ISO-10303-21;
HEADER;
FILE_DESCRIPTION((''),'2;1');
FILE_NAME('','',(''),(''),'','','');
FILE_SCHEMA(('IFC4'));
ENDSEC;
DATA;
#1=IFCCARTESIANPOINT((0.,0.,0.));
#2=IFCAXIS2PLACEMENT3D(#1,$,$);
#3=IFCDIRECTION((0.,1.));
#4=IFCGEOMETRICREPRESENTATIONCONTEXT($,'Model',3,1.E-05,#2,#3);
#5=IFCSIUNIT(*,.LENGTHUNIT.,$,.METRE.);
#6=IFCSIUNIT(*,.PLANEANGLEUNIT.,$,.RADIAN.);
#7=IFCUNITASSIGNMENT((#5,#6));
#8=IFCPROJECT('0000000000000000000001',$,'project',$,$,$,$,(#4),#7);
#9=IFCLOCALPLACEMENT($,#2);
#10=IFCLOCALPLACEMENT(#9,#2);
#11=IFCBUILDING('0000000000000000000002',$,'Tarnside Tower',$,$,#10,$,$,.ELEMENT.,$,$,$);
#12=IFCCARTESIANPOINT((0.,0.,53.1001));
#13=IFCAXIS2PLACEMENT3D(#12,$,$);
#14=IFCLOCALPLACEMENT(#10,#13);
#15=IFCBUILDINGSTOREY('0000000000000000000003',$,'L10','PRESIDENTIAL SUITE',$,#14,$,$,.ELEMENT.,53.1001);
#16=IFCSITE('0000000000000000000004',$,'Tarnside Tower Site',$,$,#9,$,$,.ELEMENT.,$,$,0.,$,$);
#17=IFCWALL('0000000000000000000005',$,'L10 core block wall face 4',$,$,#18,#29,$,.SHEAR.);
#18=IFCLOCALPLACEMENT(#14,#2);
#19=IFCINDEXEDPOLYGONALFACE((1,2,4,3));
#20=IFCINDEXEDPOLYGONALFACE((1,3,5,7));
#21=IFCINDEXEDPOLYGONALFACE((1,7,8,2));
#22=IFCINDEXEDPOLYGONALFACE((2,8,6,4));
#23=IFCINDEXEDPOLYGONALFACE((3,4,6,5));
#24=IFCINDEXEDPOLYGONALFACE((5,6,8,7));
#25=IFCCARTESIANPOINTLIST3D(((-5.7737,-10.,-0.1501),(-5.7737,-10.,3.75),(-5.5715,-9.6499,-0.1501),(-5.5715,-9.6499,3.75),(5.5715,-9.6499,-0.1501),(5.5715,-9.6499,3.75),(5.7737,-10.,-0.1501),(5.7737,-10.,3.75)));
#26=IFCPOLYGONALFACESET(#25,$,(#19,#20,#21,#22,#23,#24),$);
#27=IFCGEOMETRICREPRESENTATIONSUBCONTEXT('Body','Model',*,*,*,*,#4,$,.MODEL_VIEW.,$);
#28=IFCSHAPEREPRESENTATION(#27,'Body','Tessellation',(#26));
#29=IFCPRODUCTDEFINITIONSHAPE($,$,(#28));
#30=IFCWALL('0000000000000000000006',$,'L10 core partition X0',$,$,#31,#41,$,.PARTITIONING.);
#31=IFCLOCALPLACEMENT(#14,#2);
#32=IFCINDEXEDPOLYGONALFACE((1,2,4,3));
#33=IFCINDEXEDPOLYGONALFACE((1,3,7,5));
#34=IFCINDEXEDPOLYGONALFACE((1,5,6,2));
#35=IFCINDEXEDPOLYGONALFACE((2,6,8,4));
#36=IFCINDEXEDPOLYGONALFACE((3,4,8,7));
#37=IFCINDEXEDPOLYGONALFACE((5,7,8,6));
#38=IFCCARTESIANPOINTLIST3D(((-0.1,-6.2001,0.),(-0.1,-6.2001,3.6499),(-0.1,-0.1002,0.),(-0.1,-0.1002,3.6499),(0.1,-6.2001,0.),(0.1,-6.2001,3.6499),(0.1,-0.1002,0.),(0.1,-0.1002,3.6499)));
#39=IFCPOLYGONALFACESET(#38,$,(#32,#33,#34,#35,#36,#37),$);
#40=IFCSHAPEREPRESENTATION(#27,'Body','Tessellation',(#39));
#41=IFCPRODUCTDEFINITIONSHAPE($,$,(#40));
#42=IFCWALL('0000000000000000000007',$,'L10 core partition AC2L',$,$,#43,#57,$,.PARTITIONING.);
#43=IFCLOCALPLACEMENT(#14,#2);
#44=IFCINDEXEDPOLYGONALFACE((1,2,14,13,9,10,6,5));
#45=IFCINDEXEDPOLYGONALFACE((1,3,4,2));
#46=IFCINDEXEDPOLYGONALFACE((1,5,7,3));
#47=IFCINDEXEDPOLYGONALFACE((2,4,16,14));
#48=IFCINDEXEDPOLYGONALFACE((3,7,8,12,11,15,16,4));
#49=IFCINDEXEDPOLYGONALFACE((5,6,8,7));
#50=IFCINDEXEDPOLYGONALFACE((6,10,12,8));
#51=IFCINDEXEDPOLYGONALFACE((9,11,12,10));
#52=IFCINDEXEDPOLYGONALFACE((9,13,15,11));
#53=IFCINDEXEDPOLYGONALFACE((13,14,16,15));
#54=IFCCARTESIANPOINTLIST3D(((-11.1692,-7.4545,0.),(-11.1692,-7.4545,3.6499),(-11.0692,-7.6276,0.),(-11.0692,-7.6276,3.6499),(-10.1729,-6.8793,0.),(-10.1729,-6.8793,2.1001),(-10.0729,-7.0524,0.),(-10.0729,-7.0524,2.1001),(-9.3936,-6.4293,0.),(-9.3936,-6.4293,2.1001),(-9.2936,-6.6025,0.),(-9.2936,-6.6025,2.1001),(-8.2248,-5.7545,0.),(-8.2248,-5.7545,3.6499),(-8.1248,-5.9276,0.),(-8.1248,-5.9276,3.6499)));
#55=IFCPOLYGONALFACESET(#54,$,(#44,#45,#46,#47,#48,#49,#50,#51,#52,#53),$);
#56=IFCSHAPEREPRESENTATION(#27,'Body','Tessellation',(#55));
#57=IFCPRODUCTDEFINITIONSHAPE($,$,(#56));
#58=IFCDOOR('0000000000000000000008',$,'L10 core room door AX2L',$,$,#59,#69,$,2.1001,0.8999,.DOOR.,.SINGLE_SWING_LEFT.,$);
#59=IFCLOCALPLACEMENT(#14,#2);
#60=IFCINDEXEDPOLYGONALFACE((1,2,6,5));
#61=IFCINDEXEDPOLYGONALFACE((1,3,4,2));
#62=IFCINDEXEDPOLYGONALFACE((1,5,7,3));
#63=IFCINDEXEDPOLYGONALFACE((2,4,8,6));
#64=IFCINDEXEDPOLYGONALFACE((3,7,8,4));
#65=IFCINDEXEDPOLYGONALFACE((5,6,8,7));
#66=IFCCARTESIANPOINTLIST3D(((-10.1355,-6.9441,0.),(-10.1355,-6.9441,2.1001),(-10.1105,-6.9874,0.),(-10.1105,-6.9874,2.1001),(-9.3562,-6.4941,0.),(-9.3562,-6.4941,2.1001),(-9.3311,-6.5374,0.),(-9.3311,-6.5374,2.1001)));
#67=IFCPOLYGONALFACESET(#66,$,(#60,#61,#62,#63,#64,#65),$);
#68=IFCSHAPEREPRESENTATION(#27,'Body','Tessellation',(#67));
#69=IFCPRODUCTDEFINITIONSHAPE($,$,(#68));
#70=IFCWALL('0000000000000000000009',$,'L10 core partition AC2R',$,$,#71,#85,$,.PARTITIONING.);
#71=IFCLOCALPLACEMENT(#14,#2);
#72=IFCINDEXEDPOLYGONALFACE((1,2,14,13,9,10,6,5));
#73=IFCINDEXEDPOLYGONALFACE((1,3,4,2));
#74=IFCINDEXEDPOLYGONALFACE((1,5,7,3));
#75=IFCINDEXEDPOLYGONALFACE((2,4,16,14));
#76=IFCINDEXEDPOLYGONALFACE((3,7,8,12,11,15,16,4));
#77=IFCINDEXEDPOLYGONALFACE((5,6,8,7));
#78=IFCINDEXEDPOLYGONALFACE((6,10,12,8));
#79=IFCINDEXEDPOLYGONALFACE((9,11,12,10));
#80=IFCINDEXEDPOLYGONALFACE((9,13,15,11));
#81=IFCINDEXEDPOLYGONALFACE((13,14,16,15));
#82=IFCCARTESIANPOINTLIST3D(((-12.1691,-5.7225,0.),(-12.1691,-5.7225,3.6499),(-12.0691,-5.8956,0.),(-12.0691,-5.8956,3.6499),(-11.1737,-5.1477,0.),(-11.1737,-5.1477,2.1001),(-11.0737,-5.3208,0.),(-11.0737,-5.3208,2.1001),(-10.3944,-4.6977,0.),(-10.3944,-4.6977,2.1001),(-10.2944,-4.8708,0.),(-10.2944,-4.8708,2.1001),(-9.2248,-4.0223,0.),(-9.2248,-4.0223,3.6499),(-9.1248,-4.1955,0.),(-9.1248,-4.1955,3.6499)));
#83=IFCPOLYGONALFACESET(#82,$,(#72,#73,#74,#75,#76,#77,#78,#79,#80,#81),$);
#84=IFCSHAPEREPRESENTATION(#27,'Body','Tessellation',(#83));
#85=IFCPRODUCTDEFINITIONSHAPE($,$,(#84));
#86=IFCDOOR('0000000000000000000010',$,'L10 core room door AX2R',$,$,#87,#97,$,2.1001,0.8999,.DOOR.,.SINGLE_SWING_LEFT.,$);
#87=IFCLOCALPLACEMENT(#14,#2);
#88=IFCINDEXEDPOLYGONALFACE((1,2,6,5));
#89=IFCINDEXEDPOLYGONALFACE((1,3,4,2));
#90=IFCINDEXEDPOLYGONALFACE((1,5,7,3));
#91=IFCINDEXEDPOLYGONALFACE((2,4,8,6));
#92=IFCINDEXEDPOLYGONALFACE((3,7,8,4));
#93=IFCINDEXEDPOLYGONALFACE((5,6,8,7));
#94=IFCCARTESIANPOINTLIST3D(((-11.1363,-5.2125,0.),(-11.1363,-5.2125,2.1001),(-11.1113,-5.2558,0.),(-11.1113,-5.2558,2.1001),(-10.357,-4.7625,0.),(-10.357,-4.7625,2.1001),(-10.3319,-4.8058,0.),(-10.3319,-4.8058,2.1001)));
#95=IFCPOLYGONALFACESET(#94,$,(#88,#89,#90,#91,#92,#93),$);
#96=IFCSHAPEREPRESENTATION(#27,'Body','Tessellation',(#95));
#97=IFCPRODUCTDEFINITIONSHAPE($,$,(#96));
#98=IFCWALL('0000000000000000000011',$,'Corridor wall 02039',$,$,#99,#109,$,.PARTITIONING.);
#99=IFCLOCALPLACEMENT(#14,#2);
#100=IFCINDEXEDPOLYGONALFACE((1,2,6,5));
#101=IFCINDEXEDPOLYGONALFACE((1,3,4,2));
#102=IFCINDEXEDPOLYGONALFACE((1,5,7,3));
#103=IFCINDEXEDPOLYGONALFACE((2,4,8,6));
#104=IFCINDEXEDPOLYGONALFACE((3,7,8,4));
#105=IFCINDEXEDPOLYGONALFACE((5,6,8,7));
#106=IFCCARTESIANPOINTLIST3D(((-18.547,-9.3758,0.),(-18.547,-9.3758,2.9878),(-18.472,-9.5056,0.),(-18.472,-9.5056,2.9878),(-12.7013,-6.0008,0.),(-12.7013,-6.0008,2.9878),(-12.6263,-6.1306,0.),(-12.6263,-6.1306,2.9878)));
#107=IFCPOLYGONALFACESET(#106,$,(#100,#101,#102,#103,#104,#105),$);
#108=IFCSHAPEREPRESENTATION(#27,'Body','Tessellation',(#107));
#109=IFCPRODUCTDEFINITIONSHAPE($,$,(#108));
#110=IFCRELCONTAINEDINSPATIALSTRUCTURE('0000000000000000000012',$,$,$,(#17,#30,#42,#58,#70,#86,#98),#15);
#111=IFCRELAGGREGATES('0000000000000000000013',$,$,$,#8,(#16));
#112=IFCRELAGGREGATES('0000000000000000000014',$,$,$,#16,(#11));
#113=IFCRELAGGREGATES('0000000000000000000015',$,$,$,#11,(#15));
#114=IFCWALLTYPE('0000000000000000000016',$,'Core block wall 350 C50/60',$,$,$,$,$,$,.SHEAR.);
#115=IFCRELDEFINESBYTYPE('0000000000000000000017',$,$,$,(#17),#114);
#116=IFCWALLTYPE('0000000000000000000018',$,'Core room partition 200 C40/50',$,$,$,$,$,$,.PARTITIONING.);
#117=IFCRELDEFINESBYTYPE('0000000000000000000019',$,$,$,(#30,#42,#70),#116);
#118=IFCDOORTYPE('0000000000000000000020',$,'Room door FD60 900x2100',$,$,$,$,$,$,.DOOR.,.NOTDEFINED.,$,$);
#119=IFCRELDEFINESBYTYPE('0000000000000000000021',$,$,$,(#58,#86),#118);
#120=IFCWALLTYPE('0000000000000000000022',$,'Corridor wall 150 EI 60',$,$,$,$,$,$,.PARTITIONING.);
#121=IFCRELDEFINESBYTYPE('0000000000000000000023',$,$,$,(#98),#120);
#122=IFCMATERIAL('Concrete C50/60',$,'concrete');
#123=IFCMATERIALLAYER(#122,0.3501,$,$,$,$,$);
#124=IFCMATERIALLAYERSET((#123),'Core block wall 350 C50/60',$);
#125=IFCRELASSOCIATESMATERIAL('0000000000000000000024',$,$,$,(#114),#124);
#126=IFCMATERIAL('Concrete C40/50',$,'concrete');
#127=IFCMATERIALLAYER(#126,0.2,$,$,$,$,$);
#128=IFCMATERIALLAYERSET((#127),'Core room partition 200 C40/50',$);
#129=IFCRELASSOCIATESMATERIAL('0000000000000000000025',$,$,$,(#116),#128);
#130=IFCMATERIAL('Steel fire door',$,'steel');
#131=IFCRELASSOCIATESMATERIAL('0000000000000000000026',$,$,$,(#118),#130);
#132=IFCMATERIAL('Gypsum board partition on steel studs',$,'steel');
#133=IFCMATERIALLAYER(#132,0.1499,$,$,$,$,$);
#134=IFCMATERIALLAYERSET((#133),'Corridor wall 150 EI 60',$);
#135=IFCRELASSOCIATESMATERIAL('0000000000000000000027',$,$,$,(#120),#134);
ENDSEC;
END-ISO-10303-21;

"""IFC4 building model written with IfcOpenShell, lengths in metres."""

from ifc_helpers import new_model, si_unit, direction, frame, frame_2d, origin, place, context, subcontext, project, spatial, polyline, rectangle, outline, extrude, material, layer, layer_set, type_object, element, fill, save


model = new_model("IFC4")

# Units and contexts
model_context = context("Model", 3, precision=1e-05, world=origin(), true_north=direction((0.0, 1.0)))
body_context = subcontext(model_context, "Body", "Model", "MODEL_VIEW")
ifc_project = project(units=[si_unit("LENGTHUNIT", "METRE"), si_unit("PLANEANGLEUNIT", "RADIAN")], contexts=[model_context])

# Site, building, storey
site_placement = place(None, origin())
site = spatial("IfcSite", under=ifc_project, at=site_placement, Name="Tarnside Tower Site", CompositionType="ELEMENT", RefElevation=0.0)
building_placement = place(site_placement, origin())
building = spatial("IfcBuilding", under=site, at=building_placement, Name="Tarnside Tower", CompositionType="ELEMENT")
storey_placement = place(building_placement, frame((0.0, 0.0, 53.1001)))
storey = spatial("IfcBuildingStorey", under=building, at=storey_placement, Name="L10", Description="PRESIDENTIAL SUITE", CompositionType="ELEMENT", Elevation=53.1001)

# Walls
ifc_material_1 = material(Name="Concrete C50/60", Category="concrete")
ifc_layer_1 = layer(ifc_material_1, 0.3501)
ifc_layer_set_1 = layer_set([ifc_layer_1], Name="Core block wall 350 C50/60")
wall_type_1 = type_object("IfcWallType", Name="Core block wall 350 C50/60", PredefinedType="SHEAR", material=ifc_layer_set_1)
wall_1_placement = place(storey_placement, frame((-5.6726, -9.825, -0.1501), z_axis=(0.0, 0.0, 1.0), x_axis=(1.0, 0.0, 0.0)))
element("IfcWall", 1, at=wall_1_placement, inside=storey, type_object=wall_type_1, Name="L10 core block wall face 4", PredefinedType="SHEAR", context=body_context, shape_type="SweptSolid", body=[
    extrude(outline(polyline([(-0.1011, -0.175), (11.4463, -0.175), (11.2441, 0.175), (0.1011, 0.175), (-0.1011, -0.175)])), origin(), (0.0, 0.0, 1.0), 3.9001),
])
ifc_material_2 = material(Name="Concrete C40/50", Category="concrete")
ifc_layer_2 = layer(ifc_material_2, 0.2)
ifc_layer_set_2 = layer_set([ifc_layer_2], Name="Core room partition 200 C40/50")
wall_type_2 = type_object("IfcWallType", Name="Core room partition 200 C40/50", PredefinedType="PARTITIONING", material=ifc_layer_set_2)
wall_2_placement = place(storey_placement, frame((0.0, -6.2, 0.0), z_axis=(0.0, 0.0, 1.0), x_axis=(0.0, 1.0, 0.0)))
element("IfcWall", 2, at=wall_2_placement, inside=storey, type_object=wall_type_2, Name="L10 core partition X0", PredefinedType="PARTITIONING", context=body_context, shape_type="SweptSolid", body=[
    extrude(rectangle(XDim=6.0999, YDim=0.2, at=frame_2d((3.0498, 0.0))), origin(), (0.0, 0.0, 1.0), 3.6499),
])

# Walls, openings, doors
wall_3_placement = place(storey_placement, frame((-8.1748, -5.8411, 0.0), z_axis=(0.0, 0.0, 1.0), x_axis=(-0.866021, -0.500008, 0.0)))
wall_3 = element("IfcWall", 3, at=wall_3_placement, inside=storey, type_object=wall_type_2, Name="L10 core partition AC2L", PredefinedType="PARTITIONING", context=body_context, shape_type="SweptSolid", body=[
    extrude(rectangle(XDim=3.3999, YDim=0.2, at=frame_2d((1.7, 0.0))), origin(), (0.0, 0.0, 1.0), 3.6499),
])
opening_1_placement = place(wall_3_placement, frame((1.3496, 0.0, 0.0)))
opening_1 = element("IfcOpeningElement", 4, at=opening_1_placement, cuts=wall_3, PredefinedType="OPENING", context=body_context, shape_type="SweptSolid", body=[
    extrude(rectangle(XDim=0.8999, YDim=2.1001, at=frame_2d((0.45, 1.05))), frame((0.0, 0.1099, 0.0), z_axis=(0.0, -1.0, 0.0), x_axis=(1.0, 0.0, 0.0)), (0.0, 0.0, 1.0), 0.22),
])
ifc_material_3 = material(Name="Steel fire door", Category="steel")
door_type_1 = type_object("IfcDoorType", Name="Room door FD60 900x2100", OperationType="NOTDEFINED", PredefinedType="DOOR", material=ifc_material_3)
door_1_placement = place(opening_1_placement, origin())
door_1 = element("IfcDoor", 5, at=door_1_placement, inside=storey, type_object=door_type_1, Name="L10 core room door AX2L", OperationType="SINGLE_SWING_LEFT", OverallHeight=2.1001, OverallWidth=0.8999, PredefinedType="DOOR", context=body_context, shape_type="SweptSolid", body=[
    extrude(rectangle(XDim=0.8999, YDim=2.1001, at=frame_2d((0.45, 1.05))), frame((0.0, 0.0249, 0.0), z_axis=(0.0, -1.0, 0.0), x_axis=(1.0, 0.0, 0.0)), (0.0, 0.0, 1.0), 0.05),
])
fill(opening_1, door_1)
wall_4_placement = place(storey_placement, frame((-9.1748, -4.1089, 0.0), z_axis=(0.0, 0.0, 1.0), x_axis=(-0.865989, -0.500062, 0.0)))
wall_4 = element("IfcWall", 6, at=wall_4_placement, inside=storey, type_object=wall_type_2, Name="L10 core partition AC2R", PredefinedType="PARTITIONING", context=body_context, shape_type="SweptSolid", body=[
    extrude(rectangle(XDim=3.3999, YDim=0.2, at=frame_2d((1.7, 0.0))), origin(), (0.0, 0.0, 1.0), 3.6499),
])
opening_2_placement = place(wall_4_placement, frame((1.3506, 0.0, 0.0)))
opening_2 = element("IfcOpeningElement", 7, at=opening_2_placement, cuts=wall_4, PredefinedType="OPENING", context=body_context, shape_type="SweptSolid", body=[
    extrude(rectangle(XDim=0.8999, YDim=2.1001, at=frame_2d((0.45, 1.05))), frame((0.0, 0.1099, 0.0), z_axis=(0.0, -1.0, 0.0), x_axis=(1.0, 0.0, 0.0)), (0.0, 0.0, 1.0), 0.22),
])
door_2_placement = place(opening_2_placement, origin())
door_2 = element("IfcDoor", 8, at=door_2_placement, inside=storey, type_object=door_type_1, Name="L10 core room door AX2R", OperationType="SINGLE_SWING_LEFT", OverallHeight=2.1001, OverallWidth=0.8999, PredefinedType="DOOR", context=body_context, shape_type="SweptSolid", body=[
    extrude(rectangle(XDim=0.8999, YDim=2.1001, at=frame_2d((0.45, 1.05))), frame((0.0, 0.0249, 0.0), z_axis=(0.0, -1.0, 0.0), x_axis=(1.0, 0.0, 0.0)), (0.0, 0.0, 1.0), 0.05),
])
fill(opening_2, door_2)

# Wall
ifc_material_4 = material(Name="Gypsum board partition on steel studs", Category="steel")
ifc_layer_3 = layer(ifc_material_4, 0.1499)
ifc_layer_set_3 = layer_set([ifc_layer_3], Name="Corridor wall 150 EI 60")
wall_type_3 = type_object("IfcWallType", Name="Corridor wall 150 EI 60", PredefinedType="PARTITIONING", material=ifc_layer_set_3)
wall_5_placement = place(storey_placement, frame((-12.6638, -6.0657, 0.0), z_axis=(0.0, 0.0, 1.0), x_axis=(-0.866027, -0.499998, 0.0)))
element("IfcWall", 9, at=wall_5_placement, inside=storey, type_object=wall_type_3, Name="Corridor wall 02039", PredefinedType="PARTITIONING", context=body_context, shape_type="SweptSolid", body=[
    extrude(rectangle(XDim=6.75, YDim=0.1499, at=frame_2d((3.375, 0.0))), origin(), (0.0, 0.0, 1.0), 2.9878),
])

save(model, "model.ifc")
